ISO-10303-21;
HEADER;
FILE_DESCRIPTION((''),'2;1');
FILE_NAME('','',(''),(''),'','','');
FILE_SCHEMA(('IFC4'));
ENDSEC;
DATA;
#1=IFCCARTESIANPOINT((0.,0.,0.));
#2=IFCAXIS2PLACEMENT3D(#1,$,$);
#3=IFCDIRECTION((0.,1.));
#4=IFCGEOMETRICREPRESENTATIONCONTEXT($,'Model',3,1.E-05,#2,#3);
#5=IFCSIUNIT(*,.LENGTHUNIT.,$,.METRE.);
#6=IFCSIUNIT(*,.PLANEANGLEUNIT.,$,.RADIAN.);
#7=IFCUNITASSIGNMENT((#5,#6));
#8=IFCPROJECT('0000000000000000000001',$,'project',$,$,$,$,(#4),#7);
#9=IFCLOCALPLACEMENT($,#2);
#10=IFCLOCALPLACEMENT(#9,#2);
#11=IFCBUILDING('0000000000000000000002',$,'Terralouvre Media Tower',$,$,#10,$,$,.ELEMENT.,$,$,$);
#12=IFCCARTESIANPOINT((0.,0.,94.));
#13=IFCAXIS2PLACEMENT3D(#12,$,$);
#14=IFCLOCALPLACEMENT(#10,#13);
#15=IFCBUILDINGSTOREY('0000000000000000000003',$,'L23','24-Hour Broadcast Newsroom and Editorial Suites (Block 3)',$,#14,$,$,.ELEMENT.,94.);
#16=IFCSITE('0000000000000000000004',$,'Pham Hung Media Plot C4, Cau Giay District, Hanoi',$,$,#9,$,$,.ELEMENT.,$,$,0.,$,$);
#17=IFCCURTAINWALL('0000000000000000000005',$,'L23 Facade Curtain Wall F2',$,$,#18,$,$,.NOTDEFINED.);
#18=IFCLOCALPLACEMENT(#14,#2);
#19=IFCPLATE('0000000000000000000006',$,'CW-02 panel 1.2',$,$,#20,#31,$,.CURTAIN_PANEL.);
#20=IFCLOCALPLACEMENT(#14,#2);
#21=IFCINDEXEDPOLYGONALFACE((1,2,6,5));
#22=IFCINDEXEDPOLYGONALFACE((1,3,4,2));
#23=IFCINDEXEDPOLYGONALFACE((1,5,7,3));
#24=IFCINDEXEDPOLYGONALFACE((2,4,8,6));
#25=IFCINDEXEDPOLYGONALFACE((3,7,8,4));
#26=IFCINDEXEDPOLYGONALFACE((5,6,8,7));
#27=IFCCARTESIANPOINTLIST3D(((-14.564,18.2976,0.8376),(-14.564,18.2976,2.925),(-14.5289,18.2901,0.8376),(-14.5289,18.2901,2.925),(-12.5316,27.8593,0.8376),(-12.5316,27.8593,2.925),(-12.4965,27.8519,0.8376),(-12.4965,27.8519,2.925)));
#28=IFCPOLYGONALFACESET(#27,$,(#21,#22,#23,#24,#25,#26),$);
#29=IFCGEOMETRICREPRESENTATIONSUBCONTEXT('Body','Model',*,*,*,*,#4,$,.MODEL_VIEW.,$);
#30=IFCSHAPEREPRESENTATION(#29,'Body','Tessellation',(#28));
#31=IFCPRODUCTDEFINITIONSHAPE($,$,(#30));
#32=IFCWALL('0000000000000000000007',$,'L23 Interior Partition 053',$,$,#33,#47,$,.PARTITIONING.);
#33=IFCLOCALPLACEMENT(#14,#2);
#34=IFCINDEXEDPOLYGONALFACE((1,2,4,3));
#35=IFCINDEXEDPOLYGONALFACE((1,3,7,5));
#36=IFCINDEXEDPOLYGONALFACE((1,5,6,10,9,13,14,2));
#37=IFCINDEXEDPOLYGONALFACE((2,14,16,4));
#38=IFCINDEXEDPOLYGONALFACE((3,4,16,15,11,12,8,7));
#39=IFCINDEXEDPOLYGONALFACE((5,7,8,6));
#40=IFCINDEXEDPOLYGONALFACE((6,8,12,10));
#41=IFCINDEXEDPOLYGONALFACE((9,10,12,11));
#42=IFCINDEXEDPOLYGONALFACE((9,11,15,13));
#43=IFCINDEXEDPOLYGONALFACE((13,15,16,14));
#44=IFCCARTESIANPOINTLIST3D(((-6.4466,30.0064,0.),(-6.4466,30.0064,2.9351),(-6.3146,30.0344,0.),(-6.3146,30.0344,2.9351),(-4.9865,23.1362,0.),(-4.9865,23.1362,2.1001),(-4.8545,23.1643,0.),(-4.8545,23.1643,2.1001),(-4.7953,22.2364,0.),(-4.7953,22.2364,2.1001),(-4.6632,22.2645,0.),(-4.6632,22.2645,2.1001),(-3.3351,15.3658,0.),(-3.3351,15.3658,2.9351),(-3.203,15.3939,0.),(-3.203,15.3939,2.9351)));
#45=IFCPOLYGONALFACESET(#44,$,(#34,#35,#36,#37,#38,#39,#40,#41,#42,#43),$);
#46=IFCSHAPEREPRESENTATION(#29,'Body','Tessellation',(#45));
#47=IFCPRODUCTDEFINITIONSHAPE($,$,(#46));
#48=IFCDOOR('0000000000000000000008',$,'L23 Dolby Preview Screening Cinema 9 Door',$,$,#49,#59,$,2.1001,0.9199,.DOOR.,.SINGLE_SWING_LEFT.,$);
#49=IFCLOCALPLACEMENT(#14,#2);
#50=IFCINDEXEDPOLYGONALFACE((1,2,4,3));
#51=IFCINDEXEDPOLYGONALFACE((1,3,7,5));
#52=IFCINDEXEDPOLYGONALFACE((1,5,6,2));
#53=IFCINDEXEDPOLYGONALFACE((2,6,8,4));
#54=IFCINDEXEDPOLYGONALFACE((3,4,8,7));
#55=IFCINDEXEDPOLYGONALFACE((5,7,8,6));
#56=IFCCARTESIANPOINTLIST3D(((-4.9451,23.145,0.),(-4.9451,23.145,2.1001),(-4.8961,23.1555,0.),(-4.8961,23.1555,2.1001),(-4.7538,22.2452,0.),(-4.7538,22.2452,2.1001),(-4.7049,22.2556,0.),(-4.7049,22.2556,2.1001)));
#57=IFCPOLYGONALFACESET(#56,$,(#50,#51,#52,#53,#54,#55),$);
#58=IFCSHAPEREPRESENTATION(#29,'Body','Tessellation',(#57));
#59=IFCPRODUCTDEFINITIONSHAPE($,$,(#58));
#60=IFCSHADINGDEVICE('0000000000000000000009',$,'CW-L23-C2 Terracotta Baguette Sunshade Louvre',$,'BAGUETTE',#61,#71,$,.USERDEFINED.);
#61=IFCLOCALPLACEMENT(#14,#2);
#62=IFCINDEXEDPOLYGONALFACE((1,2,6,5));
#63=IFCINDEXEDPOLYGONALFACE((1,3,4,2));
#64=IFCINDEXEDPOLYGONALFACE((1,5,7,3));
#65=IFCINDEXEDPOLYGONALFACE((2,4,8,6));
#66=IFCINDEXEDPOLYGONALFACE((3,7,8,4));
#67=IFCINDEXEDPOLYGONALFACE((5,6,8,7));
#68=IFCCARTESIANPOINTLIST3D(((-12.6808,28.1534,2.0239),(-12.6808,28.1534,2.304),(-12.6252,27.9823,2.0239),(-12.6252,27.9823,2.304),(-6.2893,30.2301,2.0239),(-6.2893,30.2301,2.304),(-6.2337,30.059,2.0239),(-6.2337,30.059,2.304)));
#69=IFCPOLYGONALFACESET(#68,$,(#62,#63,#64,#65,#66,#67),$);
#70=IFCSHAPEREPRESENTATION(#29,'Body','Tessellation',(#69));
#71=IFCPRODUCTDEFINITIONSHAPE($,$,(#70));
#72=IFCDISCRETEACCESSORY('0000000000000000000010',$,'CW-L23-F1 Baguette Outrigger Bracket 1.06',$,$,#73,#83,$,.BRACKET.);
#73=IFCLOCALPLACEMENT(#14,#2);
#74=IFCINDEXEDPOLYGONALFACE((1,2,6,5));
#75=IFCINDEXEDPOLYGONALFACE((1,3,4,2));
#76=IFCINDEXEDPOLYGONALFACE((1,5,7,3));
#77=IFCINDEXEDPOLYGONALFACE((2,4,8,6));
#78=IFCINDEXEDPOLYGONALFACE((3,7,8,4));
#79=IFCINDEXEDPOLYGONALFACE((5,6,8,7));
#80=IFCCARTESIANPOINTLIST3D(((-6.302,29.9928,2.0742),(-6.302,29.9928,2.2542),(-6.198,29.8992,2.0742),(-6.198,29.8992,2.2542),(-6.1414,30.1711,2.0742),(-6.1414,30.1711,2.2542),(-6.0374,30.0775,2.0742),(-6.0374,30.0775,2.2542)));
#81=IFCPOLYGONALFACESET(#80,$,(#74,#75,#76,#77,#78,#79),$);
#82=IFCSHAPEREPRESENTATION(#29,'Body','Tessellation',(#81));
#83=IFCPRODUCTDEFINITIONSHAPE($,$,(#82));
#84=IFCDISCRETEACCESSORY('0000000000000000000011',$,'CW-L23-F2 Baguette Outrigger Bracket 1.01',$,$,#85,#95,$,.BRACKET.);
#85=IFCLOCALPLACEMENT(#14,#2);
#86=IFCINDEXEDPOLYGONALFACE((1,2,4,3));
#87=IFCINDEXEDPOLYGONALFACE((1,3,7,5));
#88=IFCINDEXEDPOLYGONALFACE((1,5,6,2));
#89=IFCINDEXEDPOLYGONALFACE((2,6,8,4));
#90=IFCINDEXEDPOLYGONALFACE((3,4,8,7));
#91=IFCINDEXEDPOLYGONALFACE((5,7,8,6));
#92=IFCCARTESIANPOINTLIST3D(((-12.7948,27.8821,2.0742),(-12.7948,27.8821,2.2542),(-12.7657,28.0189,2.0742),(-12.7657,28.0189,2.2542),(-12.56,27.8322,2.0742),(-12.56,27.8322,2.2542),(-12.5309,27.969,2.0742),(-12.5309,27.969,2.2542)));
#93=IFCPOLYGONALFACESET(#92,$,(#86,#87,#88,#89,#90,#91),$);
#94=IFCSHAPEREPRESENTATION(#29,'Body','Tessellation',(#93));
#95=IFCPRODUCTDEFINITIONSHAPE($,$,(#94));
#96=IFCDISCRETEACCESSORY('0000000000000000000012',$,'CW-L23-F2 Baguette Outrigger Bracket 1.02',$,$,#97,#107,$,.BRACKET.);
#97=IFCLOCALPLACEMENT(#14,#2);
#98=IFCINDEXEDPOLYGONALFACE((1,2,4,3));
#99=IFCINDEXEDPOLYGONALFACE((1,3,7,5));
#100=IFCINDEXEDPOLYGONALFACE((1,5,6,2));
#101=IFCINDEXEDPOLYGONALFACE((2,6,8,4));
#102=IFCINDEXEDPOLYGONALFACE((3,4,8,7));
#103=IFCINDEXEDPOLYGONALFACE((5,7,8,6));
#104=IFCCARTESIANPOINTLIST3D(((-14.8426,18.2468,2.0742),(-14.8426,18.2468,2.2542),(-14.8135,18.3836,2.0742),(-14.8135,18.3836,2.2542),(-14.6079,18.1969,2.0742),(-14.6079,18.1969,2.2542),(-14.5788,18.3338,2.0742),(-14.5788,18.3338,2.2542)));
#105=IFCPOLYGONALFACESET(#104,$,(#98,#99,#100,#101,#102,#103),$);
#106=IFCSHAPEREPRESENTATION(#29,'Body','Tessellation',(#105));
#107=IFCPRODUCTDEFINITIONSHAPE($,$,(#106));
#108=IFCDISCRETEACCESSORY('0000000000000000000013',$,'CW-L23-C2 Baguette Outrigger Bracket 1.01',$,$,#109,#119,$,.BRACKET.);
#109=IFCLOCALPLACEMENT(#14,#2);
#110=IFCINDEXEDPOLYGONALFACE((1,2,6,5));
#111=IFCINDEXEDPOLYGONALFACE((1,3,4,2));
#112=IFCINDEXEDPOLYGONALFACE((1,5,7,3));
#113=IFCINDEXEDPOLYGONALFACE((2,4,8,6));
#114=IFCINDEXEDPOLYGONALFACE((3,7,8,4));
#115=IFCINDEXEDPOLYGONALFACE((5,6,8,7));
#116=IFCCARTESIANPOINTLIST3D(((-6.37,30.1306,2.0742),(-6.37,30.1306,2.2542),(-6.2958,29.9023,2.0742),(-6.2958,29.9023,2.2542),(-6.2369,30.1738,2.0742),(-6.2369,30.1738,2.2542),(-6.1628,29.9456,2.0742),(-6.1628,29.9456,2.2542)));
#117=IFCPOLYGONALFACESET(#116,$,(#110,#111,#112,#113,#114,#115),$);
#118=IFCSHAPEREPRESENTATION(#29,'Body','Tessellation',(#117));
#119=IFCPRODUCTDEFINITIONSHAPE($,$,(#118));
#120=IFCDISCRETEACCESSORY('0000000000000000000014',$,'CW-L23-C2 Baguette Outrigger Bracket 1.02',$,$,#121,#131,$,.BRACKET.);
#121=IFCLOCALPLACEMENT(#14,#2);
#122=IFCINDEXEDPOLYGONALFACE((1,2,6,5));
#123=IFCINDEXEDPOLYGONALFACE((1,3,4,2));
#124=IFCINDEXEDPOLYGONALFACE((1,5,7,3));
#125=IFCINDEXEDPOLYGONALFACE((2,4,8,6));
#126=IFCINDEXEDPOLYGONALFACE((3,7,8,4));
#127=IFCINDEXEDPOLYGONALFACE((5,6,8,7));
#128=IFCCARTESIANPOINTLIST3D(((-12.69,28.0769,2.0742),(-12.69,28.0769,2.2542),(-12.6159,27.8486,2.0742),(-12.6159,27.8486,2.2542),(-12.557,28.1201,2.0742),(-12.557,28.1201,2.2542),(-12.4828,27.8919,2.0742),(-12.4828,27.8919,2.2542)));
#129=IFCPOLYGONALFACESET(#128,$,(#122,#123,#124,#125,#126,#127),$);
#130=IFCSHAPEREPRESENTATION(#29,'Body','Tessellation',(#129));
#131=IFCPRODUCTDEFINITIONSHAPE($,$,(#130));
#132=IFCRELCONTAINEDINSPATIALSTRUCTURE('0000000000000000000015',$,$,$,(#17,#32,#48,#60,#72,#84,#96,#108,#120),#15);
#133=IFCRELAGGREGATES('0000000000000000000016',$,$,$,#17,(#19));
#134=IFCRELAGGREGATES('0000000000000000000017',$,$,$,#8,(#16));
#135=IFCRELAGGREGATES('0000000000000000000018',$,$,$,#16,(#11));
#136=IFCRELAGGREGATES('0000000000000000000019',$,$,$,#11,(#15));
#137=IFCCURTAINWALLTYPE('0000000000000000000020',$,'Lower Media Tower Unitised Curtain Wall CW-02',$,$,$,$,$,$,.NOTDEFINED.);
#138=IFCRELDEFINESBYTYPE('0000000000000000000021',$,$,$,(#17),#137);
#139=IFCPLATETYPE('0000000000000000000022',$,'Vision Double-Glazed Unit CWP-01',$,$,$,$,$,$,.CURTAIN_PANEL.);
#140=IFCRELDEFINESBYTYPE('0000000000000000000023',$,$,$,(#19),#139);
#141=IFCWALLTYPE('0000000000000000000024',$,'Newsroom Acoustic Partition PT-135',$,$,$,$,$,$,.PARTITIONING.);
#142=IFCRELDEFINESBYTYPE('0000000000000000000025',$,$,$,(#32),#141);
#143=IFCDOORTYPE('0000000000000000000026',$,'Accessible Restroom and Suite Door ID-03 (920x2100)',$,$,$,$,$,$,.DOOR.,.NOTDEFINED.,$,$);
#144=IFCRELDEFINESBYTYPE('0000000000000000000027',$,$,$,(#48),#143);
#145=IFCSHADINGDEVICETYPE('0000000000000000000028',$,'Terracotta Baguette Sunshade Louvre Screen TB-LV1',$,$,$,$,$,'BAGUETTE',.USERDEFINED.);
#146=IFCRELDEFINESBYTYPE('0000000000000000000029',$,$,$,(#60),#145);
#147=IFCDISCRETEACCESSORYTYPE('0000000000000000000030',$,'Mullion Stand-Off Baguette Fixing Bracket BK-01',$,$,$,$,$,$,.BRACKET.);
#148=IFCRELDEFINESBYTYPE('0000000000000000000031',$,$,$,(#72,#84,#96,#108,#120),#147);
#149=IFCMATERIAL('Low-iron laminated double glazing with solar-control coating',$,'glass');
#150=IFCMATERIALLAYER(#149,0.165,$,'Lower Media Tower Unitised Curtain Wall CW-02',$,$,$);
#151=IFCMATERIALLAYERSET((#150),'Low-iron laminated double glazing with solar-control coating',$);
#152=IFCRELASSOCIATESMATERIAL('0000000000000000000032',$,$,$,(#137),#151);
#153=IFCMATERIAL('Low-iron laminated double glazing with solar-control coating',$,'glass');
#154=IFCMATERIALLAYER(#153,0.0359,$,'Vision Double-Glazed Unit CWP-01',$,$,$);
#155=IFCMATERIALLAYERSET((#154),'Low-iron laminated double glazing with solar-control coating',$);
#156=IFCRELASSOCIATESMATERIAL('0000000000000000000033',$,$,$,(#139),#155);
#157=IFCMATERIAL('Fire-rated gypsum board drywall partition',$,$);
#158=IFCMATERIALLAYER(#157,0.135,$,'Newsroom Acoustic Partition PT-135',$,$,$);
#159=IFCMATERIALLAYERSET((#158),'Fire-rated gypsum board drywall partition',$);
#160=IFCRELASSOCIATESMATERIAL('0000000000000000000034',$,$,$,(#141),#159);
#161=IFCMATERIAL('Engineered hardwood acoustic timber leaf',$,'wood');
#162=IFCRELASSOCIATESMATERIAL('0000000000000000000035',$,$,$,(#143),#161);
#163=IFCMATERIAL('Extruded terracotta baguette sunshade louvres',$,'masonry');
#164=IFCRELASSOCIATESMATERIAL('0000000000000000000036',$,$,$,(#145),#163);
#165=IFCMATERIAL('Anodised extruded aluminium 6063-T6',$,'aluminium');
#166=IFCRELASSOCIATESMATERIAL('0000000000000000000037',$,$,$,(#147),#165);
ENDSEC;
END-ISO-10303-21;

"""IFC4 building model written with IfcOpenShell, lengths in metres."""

from ifc_helpers import new_model, si_unit, direction, frame, frame_2d, origin, origin_2d, place, context, subcontext, project, spatial, rectangle, extrude, material, layer, layer_set, type_object, element, fill, aggregate, save


model = new_model("IFC4")

# Units and contexts
model_context = context("Model", 3, precision=1e-05, world=origin(), true_north=direction((0.0, 1.0)))
body_context = subcontext(model_context, "Body", "Model", "MODEL_VIEW")
ifc_project = project(units=[si_unit("LENGTHUNIT", "METRE"), si_unit("PLANEANGLEUNIT", "RADIAN")], contexts=[model_context])

# Site, building, storey
site_placement = place(None, origin())
site = spatial("IfcSite", under=ifc_project, at=site_placement, Name="Pham Hung Media Plot C4, Cau Giay District, Hanoi", CompositionType="ELEMENT", RefElevation=0.0)
building_placement = place(site_placement, origin())
building = spatial("IfcBuilding", under=site, at=building_placement, Name="Terralouvre Media Tower", CompositionType="ELEMENT")
storey_placement = place(building_placement, frame((0.0, 0.0, 94.0)))
storey = spatial("IfcBuildingStorey", under=building, at=storey_placement, Name="L23", Description="24-Hour Broadcast Newsroom and Editorial Suites (Block 3)", CompositionType="ELEMENT", Elevation=94.0)

# Curtain wall
ifc_material_1 = material(Name="Low-iron laminated double glazing with solar-control coating", Category="glass")
ifc_layer_1 = layer(ifc_material_1, 0.165, Name="Lower Media Tower Unitised Curtain Wall CW-02")
ifc_layer_set_1 = layer_set([ifc_layer_1], Name="Low-iron laminated double glazing with solar-control coating")
curtain_wall_type_1 = type_object("IfcCurtainWallType", Name="Lower Media Tower Unitised Curtain Wall CW-02", PredefinedType="NOTDEFINED", material=ifc_layer_set_1)
curtain_wall_1_placement = place(storey_placement, origin())
curtain_wall_1 = element("IfcCurtainWall", 1, at=curtain_wall_1_placement, inside=storey, type_object=curtain_wall_type_1, Name="L23 Facade Curtain Wall F2", PredefinedType="NOTDEFINED")

# Plate
ifc_material_2 = material(Name="Low-iron laminated double glazing with solar-control coating", Category="glass")
ifc_layer_2 = layer(ifc_material_2, 0.0359, Name="Vision Double-Glazed Unit CWP-01")
ifc_layer_set_2 = layer_set([ifc_layer_2], Name="Low-iron laminated double glazing with solar-control coating")
plate_type_1 = type_object("IfcPlateType", Name="Vision Double-Glazed Unit CWP-01", PredefinedType="CURTAIN_PANEL", material=ifc_layer_set_2)
plate_1_placement = place(storey_placement, frame((-13.5303, 23.0747, 0.8376), z_axis=(0.0, 0.0, 1.0), x_axis=(-0.207912, -0.978148, 0.0)))
plate_1 = element("IfcPlate", 2, at=plate_1_placement, type_object=plate_type_1, Name="CW-02 panel 1.2", PredefinedType="CURTAIN_PANEL", context=body_context, shape_type="SweptSolid", body=[
    extrude(rectangle(XDim=9.7754, YDim=0.0359, at=origin_2d()), origin(), (0.0, 0.0, 1.0), 2.0874),
])
aggregate(curtain_wall_1, [plate_1])

# Wall, opening, door
ifc_material_3 = material(Name="Fire-rated gypsum board drywall partition")
ifc_layer_3 = layer(ifc_material_3, 0.135, Name="Newsroom Acoustic Partition PT-135")
ifc_layer_set_3 = layer_set([ifc_layer_3], Name="Fire-rated gypsum board drywall partition")
wall_type = type_object("IfcWallType", Name="Newsroom Acoustic Partition PT-135", PredefinedType="PARTITIONING", material=ifc_layer_set_3)
wall_placement = place(storey_placement, frame((-6.3806, 30.0205, 0.0), z_axis=(0.0, 0.0, 1.0), x_axis=(0.207887, -0.978153, 0.0)))
wall = element("IfcWall", 3, at=wall_placement, inside=storey, type_object=wall_type, Name="L23 Interior Partition 053", PredefinedType="PARTITIONING", context=body_context, shape_type="SweptSolid", body=[
    extrude(rectangle(XDim=14.9675, YDim=0.135, at=frame_2d((7.4839, 0.0))), origin(), (0.0, 0.0, 1.0), 2.9351),
])
opening_placement = place(wall_placement, frame((7.0237, 0.0, 0.0)))
opening = element("IfcOpeningElement", 4, at=opening_placement, cuts=wall, PredefinedType="OPENING", context=body_context, shape_type="SweptSolid", body=[
    extrude(rectangle(XDim=0.9199, YDim=2.1001, at=frame_2d((0.46, 1.05))), frame((0.0, 0.0774, 0.0), z_axis=(0.0, -1.0, 0.0), x_axis=(1.0, 0.0, 0.0)), (0.0, 0.0, 1.0), 0.155),
])
ifc_material_4 = material(Name="Engineered hardwood acoustic timber leaf", Category="wood")
door_type = type_object("IfcDoorType", Name="Accessible Restroom and Suite Door ID-03 (920x2100)", OperationType="NOTDEFINED", PredefinedType="DOOR", material=ifc_material_4)
door_placement = place(opening_placement, origin())
door = element("IfcDoor", 5, at=door_placement, inside=storey, type_object=door_type, Name="L23 Dolby Preview Screening Cinema 9 Door", OperationType="SINGLE_SWING_LEFT", OverallHeight=2.1001, OverallWidth=0.9199, PredefinedType="DOOR", context=body_context, shape_type="SweptSolid", body=[
    extrude(rectangle(XDim=0.9199, YDim=2.1001, at=frame_2d((0.46, 1.05))), frame((0.0, 0.0249, 0.0), z_axis=(0.0, -1.0, 0.0), x_axis=(1.0, 0.0, 0.0)), (0.0, 0.0, 1.0), 0.05),
])
fill(opening, door)

# Shading device
ifc_material_5 = material(Name="Extruded terracotta baguette sunshade louvres", Category="masonry")
shading_device_type = type_object("IfcShadingDeviceType", Name="Terracotta Baguette Sunshade Louvre Screen TB-LV1", ElementType="BAGUETTE", PredefinedType="USERDEFINED", material=ifc_material_5)
shading_device_placement = place(storey_placement, frame((-9.4573, 29.1062, 2.0239), z_axis=(0.0, 0.0, 1.0), x_axis=(-0.951056, -0.309018, 0.0)))
element("IfcShadingDevice", 6, at=shading_device_placement, inside=storey, type_object=shading_device_type, Name="CW-L23-C2 Terracotta Baguette Sunshade Louvre", ObjectType="BAGUETTE", PredefinedType="USERDEFINED", context=body_context, shape_type="SweptSolid", body=[
    extrude(rectangle(XDim=6.7205, YDim=0.1799, at=origin_2d()), origin(), (0.0, 0.0, 1.0), 0.28),
])

# Discrete accessories
ifc_material_6 = material(Name="Anodised extruded aluminium 6063-T6", Category="aluminium")
discrete_accessory_type = type_object("IfcDiscreteAccessoryType", Name="Mullion Stand-Off Baguette Fixing Bracket BK-01", PredefinedType="BRACKET", material=ifc_material_6)
for number, where, z_axis, x_axis, name in (
    (7, (-6.1697, 30.0352, 2.0742), (0.0, 0.0, 1.0), (-0.743145, 0.669131, 0.0), "CW-L23-F1 Baguette Outrigger Bracket 1.06"),
    (8, (-12.6628, 27.9255, 2.0742), (0.0, 0.0, 1.0), (-0.207912, -0.978148, 0.0), "CW-L23-F2 Baguette Outrigger Bracket 1.01"),
    (9, (-14.7107, 18.2903, 2.0742), (0.0, 0.0, 1.0), (-0.207912, -0.978148, 0.0), "CW-L23-F2 Baguette Outrigger Bracket 1.02"),
    (10, (-6.2664, 30.0381, 2.0742), (0.0, 0.0, 1.0), (-0.951056, -0.309018, 0.0), "CW-L23-C2 Baguette Outrigger Bracket 1.01"),
    (11, (-12.5864, 27.9844, 2.0742), (0.0, 0.0, 1.0), (-0.951056, -0.309018, 0.0), "CW-L23-C2 Baguette Outrigger Bracket 1.02"),
):
    element("IfcDiscreteAccessory", number, at=place(storey_placement, frame(where, z_axis=z_axis, x_axis=x_axis)), inside=storey, type_object=discrete_accessory_type, Name=name, PredefinedType="BRACKET", context=body_context, shape_type="SweptSolid", body=[
        extrude(rectangle(XDim=0.1399, YDim=0.24, at=origin_2d()), origin(), (0.0, 0.0, 1.0), 0.1799),
    ])

save(model, "model.ifc")
